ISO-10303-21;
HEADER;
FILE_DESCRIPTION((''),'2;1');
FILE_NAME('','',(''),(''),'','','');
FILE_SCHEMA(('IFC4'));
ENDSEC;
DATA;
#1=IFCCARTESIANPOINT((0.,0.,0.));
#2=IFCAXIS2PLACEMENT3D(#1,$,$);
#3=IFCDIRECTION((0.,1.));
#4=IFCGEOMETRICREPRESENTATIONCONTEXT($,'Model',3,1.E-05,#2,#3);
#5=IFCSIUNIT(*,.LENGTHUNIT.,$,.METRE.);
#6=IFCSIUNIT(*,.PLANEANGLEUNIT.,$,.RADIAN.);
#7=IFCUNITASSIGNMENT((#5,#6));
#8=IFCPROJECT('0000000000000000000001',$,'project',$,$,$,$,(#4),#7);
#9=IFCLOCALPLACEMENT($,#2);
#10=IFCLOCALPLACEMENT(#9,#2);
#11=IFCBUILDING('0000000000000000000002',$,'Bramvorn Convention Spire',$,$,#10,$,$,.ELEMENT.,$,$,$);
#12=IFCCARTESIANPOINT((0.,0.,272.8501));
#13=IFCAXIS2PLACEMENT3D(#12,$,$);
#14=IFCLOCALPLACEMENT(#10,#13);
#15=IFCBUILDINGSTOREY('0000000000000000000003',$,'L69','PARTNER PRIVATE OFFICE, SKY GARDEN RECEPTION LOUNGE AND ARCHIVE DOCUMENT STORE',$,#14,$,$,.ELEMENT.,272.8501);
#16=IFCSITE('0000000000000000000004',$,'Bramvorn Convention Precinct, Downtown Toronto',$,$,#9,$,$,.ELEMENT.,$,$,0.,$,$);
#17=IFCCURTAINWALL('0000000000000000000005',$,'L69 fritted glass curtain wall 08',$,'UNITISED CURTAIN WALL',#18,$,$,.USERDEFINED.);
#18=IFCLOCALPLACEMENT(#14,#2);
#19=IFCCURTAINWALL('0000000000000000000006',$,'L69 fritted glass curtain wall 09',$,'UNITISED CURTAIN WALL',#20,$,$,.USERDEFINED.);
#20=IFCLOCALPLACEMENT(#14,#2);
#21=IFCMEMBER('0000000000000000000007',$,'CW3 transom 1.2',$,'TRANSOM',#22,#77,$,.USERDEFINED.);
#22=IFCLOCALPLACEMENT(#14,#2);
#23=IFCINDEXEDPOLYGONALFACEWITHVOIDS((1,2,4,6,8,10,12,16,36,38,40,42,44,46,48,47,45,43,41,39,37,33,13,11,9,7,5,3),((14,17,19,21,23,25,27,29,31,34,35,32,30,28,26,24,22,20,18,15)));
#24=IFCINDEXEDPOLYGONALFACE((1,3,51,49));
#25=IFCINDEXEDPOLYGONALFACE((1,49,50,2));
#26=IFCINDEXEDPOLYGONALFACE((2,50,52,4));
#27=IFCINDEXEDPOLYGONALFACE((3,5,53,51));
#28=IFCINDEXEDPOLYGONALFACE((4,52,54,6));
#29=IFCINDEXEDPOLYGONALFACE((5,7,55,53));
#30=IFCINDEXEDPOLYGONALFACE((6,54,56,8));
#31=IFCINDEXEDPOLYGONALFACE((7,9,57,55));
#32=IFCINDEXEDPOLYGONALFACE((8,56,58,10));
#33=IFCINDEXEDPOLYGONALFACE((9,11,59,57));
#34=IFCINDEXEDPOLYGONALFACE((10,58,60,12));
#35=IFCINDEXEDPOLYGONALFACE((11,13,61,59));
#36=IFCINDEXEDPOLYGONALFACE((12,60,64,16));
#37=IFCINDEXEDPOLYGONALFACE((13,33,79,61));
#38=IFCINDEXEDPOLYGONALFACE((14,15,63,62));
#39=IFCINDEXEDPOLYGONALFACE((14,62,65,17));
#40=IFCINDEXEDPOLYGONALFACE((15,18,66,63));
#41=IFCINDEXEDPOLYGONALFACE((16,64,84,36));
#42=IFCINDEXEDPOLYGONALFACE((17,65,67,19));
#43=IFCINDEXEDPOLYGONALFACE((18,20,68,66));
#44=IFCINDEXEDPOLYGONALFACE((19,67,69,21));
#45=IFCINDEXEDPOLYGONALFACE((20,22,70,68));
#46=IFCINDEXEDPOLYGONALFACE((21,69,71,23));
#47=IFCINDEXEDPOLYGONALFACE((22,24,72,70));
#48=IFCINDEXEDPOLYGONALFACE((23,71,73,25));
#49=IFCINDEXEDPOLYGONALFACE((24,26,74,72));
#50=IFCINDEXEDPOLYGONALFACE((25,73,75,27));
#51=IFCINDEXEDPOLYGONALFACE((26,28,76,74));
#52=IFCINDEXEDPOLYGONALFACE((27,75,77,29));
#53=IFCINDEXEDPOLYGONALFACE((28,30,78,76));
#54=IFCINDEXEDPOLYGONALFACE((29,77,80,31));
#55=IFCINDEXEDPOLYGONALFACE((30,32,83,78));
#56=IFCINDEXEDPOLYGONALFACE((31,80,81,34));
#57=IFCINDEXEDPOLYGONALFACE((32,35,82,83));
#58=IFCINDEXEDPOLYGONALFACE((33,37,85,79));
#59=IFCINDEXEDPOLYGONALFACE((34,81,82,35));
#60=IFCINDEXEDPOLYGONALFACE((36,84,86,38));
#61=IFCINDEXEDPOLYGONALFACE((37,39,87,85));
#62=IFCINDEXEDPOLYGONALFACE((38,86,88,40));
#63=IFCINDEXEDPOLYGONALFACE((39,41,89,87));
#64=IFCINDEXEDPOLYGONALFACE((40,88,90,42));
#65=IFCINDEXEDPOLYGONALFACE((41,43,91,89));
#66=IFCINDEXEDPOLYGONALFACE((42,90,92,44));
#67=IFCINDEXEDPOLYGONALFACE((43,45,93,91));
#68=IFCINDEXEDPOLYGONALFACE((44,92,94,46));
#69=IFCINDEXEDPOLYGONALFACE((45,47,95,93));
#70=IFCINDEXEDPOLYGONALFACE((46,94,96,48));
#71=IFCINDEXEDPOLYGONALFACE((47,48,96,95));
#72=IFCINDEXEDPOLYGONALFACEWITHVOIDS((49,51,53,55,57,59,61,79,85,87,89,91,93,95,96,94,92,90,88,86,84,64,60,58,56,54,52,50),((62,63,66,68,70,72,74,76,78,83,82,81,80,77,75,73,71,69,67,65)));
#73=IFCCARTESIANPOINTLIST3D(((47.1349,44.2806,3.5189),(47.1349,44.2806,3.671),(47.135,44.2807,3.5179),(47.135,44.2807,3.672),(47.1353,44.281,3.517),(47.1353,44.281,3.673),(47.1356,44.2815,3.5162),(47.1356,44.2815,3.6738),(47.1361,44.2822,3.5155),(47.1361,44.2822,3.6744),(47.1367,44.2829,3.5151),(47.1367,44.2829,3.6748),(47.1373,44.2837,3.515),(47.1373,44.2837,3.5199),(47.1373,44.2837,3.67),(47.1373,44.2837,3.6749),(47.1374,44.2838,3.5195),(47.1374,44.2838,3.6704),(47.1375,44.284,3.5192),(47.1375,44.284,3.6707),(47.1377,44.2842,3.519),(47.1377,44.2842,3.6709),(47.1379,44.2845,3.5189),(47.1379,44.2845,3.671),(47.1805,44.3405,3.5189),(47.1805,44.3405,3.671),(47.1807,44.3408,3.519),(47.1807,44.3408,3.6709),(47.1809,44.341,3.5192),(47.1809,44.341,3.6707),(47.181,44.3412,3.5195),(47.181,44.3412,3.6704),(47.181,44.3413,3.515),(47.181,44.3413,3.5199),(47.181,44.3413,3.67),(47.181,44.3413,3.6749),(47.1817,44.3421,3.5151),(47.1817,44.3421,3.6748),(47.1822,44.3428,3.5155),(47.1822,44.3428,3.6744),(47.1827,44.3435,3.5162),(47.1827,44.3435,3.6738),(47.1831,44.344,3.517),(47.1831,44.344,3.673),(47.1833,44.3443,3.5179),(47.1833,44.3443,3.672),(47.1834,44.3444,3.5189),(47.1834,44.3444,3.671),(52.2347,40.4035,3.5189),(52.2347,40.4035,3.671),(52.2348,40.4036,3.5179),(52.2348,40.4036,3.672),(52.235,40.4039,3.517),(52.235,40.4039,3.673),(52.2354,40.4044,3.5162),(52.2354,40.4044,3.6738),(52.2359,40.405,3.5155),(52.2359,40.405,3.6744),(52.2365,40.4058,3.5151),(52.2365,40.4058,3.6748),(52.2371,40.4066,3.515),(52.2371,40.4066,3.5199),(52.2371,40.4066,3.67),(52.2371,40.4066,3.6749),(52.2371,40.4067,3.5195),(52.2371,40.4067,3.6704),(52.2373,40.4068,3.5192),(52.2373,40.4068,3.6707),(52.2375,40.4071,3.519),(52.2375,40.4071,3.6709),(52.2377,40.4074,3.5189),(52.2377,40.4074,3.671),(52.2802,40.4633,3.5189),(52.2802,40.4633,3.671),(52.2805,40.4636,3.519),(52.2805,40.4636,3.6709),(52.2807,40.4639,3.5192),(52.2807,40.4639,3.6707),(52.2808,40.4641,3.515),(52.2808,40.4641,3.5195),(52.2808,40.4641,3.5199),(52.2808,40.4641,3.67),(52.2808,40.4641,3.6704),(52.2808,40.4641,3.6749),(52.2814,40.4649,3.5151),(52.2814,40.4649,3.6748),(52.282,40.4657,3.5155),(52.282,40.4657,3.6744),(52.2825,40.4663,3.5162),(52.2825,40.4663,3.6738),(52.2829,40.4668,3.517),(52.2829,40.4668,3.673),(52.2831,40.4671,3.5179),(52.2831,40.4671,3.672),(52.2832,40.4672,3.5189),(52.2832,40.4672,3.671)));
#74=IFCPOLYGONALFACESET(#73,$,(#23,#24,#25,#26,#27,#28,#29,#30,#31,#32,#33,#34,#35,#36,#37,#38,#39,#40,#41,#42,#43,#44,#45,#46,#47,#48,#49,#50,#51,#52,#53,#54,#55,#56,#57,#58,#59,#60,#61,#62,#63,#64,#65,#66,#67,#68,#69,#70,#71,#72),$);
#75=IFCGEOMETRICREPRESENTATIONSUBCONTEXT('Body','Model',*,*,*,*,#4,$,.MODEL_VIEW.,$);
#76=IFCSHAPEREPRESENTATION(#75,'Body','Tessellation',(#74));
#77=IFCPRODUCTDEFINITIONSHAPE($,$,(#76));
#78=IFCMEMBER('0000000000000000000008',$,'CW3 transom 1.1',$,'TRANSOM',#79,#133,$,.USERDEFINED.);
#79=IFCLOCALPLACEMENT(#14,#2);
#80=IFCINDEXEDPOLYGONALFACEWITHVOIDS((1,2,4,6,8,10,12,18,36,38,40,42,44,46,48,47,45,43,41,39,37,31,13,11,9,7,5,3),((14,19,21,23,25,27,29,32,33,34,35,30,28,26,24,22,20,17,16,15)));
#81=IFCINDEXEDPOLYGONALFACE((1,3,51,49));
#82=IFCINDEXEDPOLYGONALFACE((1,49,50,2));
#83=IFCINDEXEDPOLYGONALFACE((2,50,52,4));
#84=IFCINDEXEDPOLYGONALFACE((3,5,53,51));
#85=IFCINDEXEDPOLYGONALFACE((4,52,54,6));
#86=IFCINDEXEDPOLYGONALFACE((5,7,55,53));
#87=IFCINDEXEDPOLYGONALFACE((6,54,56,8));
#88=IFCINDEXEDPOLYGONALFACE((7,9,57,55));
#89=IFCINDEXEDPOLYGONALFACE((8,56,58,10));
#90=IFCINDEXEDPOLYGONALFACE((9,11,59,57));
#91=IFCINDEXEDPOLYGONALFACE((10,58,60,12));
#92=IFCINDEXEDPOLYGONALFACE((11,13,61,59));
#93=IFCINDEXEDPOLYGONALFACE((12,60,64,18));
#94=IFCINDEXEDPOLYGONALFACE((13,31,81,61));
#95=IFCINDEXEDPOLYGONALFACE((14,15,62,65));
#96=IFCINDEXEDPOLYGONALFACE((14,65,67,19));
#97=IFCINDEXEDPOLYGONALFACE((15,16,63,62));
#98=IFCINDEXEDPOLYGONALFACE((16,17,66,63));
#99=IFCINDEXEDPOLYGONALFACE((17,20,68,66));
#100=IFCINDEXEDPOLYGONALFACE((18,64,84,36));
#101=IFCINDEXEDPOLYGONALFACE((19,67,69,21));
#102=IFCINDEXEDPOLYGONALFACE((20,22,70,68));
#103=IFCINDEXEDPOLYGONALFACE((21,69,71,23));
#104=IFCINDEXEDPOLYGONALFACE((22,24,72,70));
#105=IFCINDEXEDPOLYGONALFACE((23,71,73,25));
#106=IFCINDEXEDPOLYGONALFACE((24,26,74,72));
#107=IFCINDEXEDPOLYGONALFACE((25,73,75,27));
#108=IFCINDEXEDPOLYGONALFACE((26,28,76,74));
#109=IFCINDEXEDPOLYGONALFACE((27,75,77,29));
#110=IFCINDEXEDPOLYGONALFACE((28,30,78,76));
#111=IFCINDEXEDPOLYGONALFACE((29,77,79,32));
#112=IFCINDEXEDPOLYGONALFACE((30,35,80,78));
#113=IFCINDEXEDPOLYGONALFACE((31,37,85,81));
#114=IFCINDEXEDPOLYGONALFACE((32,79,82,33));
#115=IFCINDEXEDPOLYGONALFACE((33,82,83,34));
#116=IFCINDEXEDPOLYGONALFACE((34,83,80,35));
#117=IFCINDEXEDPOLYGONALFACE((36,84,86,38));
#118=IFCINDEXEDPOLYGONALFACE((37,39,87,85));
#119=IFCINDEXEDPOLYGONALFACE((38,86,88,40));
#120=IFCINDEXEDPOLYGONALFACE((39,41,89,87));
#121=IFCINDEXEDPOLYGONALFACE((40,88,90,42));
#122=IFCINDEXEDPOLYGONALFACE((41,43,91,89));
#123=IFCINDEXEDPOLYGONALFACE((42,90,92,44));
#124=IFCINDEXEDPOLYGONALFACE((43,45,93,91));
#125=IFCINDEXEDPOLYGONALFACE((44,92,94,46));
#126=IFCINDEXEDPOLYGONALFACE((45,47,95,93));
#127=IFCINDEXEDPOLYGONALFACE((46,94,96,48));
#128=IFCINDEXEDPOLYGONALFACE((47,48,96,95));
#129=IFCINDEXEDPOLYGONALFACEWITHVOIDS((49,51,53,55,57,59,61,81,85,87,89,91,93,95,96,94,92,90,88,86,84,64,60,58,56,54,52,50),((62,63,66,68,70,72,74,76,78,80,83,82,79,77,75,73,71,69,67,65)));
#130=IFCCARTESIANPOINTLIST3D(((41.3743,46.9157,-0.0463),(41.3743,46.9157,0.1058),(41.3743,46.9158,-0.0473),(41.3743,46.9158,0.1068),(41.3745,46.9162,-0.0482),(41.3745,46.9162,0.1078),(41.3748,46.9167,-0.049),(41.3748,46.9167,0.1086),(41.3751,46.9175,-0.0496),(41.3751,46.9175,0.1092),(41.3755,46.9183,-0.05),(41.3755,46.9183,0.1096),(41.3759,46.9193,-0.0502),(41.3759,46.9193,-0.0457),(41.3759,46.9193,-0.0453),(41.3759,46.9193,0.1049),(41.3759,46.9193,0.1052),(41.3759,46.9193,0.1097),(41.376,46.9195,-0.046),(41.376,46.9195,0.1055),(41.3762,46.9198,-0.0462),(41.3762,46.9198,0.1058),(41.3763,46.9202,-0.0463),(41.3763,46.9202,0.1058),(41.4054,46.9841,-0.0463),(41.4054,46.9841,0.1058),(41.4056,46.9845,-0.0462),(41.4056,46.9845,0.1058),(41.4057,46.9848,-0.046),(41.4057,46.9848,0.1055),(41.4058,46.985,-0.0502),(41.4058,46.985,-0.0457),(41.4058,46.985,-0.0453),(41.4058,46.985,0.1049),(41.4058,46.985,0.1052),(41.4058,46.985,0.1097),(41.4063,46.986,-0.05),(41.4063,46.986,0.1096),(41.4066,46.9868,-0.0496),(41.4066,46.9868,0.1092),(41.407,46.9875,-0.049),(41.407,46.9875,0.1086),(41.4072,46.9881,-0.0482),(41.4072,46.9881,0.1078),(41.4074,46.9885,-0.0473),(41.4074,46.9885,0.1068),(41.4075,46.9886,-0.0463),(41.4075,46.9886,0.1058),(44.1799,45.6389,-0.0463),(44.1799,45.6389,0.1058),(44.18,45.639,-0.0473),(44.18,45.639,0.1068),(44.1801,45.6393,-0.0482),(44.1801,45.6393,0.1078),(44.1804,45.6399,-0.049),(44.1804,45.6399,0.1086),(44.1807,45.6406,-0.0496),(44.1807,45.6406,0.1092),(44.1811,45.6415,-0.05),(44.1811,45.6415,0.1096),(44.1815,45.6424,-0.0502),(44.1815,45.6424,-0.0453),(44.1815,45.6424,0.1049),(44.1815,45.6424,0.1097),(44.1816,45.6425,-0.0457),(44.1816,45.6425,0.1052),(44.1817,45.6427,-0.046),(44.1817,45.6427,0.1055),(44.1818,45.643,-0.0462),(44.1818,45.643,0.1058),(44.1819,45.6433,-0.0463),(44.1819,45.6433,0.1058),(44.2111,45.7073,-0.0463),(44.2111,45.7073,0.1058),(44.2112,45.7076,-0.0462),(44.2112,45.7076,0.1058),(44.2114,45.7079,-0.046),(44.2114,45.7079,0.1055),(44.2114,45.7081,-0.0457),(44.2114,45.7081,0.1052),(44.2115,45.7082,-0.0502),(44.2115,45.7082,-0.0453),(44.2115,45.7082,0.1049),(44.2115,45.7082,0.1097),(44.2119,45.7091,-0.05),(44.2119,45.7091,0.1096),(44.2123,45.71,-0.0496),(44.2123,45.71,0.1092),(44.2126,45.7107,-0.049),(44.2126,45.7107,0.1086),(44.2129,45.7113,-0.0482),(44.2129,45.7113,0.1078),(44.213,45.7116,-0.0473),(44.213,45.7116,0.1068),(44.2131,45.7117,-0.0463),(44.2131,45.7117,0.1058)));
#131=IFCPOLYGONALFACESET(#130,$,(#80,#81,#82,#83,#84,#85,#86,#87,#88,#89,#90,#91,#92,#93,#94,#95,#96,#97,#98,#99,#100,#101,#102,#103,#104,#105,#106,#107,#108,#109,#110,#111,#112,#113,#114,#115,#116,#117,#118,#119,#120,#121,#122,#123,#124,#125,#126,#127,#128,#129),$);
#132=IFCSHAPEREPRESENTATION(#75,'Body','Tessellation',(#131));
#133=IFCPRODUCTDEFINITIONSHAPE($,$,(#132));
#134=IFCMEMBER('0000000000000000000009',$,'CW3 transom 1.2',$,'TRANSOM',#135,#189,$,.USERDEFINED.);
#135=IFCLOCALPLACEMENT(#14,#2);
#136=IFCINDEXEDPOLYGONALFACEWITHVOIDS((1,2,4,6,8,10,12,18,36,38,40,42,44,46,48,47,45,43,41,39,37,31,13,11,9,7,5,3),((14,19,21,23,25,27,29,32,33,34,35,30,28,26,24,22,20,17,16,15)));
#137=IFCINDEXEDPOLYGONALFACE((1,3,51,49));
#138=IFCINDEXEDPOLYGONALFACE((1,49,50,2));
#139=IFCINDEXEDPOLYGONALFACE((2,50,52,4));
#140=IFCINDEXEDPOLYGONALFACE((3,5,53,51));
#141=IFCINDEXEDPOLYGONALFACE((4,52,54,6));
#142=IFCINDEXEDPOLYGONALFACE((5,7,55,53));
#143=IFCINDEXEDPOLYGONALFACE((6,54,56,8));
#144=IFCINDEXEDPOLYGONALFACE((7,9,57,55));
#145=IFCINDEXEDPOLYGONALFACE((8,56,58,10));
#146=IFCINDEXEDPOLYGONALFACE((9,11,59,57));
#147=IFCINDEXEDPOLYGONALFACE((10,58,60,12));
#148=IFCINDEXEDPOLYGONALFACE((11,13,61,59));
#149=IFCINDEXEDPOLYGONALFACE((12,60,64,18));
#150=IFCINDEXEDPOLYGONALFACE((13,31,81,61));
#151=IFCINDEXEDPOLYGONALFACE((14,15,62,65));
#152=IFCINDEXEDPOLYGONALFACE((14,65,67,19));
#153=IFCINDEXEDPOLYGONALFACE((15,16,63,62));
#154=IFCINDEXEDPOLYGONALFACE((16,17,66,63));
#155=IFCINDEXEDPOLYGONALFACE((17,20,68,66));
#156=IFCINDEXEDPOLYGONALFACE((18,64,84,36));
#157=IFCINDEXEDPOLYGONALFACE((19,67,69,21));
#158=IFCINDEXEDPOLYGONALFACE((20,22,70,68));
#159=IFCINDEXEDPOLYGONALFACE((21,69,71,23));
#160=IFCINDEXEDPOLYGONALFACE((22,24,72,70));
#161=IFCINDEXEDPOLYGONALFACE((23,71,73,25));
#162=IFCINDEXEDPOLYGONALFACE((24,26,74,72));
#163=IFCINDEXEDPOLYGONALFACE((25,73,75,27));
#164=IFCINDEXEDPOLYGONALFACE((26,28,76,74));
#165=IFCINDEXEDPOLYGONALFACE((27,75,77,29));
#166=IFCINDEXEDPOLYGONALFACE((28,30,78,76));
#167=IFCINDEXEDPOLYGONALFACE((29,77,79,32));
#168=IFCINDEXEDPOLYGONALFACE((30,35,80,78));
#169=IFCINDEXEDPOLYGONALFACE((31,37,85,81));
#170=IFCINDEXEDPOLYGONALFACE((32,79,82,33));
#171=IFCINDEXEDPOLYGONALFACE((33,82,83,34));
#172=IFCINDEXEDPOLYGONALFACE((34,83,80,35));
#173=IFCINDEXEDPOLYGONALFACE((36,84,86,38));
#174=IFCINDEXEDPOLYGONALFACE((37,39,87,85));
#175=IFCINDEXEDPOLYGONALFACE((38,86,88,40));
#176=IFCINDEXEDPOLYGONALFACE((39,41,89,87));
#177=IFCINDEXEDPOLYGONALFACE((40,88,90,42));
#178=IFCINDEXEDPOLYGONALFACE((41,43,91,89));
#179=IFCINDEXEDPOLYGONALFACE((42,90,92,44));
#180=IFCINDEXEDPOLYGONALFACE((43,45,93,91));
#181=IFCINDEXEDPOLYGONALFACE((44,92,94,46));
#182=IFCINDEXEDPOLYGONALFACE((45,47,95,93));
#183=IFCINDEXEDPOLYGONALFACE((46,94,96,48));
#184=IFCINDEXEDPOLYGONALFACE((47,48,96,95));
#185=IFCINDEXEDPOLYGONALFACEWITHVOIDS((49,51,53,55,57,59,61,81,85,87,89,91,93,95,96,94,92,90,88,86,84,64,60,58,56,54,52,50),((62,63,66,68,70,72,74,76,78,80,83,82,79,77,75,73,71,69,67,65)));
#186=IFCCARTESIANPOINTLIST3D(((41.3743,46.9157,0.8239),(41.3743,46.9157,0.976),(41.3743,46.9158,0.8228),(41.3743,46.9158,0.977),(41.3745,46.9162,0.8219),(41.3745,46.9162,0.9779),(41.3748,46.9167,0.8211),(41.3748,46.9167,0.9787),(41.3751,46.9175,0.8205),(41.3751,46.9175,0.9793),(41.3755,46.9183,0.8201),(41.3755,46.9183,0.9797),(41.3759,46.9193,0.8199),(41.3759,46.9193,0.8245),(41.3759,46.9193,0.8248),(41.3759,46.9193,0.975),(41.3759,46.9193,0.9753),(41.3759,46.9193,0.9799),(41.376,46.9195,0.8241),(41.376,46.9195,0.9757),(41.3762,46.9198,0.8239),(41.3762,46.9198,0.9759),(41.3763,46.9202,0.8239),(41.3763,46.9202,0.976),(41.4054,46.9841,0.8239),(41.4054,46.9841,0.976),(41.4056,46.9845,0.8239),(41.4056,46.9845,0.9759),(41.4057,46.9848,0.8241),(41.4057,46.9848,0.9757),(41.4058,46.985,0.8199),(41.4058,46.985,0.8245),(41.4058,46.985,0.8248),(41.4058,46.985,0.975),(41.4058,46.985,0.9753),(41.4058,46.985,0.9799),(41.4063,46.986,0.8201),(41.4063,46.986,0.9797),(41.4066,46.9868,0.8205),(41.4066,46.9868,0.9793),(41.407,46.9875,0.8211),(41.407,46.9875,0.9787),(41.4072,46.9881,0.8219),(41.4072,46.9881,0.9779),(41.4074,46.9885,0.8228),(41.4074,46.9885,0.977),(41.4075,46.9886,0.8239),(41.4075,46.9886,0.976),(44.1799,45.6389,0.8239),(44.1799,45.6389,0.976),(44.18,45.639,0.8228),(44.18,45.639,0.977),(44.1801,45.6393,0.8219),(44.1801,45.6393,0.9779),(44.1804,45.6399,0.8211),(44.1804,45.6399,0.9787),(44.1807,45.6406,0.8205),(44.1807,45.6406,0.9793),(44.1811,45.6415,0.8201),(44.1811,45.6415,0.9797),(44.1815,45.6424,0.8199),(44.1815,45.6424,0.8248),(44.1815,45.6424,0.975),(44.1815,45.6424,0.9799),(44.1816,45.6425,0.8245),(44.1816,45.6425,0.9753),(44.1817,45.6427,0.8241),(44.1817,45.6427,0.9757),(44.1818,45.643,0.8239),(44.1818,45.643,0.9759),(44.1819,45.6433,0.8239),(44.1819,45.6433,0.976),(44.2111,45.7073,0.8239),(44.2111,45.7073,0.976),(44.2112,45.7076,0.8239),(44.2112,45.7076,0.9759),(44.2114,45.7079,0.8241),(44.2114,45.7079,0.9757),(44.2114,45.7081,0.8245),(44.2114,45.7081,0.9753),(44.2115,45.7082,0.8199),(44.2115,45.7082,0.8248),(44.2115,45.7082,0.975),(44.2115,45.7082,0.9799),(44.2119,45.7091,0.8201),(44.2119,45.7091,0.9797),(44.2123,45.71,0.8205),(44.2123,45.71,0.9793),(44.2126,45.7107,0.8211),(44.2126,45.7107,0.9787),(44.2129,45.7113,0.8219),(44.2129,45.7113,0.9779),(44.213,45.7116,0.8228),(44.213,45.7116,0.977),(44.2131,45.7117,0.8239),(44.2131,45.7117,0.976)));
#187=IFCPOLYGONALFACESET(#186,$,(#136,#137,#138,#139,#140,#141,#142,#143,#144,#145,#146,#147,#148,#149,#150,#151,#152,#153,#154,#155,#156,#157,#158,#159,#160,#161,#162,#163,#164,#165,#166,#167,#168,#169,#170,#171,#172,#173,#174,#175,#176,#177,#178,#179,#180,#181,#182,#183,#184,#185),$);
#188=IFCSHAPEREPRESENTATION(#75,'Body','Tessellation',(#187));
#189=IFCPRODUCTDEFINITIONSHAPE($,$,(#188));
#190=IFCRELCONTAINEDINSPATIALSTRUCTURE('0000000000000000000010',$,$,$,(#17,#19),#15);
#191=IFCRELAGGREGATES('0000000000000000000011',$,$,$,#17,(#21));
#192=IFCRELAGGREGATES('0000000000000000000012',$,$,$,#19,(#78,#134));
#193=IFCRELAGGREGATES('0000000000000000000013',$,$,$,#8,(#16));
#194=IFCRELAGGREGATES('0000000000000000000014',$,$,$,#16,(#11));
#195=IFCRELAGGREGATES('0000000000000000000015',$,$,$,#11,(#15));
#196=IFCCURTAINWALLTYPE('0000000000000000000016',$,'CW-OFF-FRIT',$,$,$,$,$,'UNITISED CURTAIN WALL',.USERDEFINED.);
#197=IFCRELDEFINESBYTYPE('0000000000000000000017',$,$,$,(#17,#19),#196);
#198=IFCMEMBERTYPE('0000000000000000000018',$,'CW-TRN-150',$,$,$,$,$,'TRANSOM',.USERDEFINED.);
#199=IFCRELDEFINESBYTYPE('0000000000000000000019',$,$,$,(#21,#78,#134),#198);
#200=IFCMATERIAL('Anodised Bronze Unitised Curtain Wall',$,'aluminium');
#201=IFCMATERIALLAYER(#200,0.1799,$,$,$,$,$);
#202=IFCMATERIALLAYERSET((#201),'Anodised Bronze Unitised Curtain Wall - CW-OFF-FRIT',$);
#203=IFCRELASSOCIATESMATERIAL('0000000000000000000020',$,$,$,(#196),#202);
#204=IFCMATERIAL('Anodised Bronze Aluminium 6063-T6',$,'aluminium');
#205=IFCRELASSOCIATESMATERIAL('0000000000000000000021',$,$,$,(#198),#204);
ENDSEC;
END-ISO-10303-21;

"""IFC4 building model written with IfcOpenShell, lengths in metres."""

from ifc_helpers import new_model, si_unit, direction, frame, origin, origin_2d, place, context, subcontext, project, spatial, hollow_rectangle, extrude, material, layer, layer_set, material_profile, profile_set, type_object, element, aggregate, save


model = new_model("IFC4")

# Units and contexts
model_context = context("Model", 3, precision=1e-05, world=origin(), true_north=direction((0.0, 1.0)))
body_context = subcontext(model_context, "Body", "Model", "MODEL_VIEW")
ifc_project = project(units=[si_unit("LENGTHUNIT", "METRE"), si_unit("PLANEANGLEUNIT", "RADIAN")], contexts=[model_context])

# Site, building, storey
site_placement = place(None, origin())
site = spatial("IfcSite", under=ifc_project, at=site_placement, Name="Bramvorn Convention Precinct, Downtown Toronto", CompositionType="ELEMENT", RefElevation=0.0)
building_placement = place(site_placement, origin())
building = spatial("IfcBuilding", under=site, at=building_placement, Name="Bramvorn Convention Spire", CompositionType="ELEMENT")
storey_placement = place(building_placement, frame((0.0, 0.0, 272.8501)))
storey = spatial("IfcBuildingStorey", under=building, at=storey_placement, Name="L69", Description="PARTNER PRIVATE OFFICE, SKY GARDEN RECEPTION LOUNGE AND ARCHIVE DOCUMENT STORE", CompositionType="ELEMENT", Elevation=272.8501)

# Curtain walls
ifc_material_1 = material(Name="Anodised Bronze Unitised Curtain Wall", Category="aluminium")
ifc_layer_1 = layer(ifc_material_1, 0.1799)
ifc_layer_set_1 = layer_set([ifc_layer_1], Name="Anodised Bronze Unitised Curtain Wall - CW-OFF-FRIT")
curtain_wall_type = type_object("IfcCurtainWallType", Name="CW-OFF-FRIT", ElementType="UNITISED CURTAIN WALL", PredefinedType="USERDEFINED", material=ifc_layer_set_1)
curtain_wall_1_placement = place(storey_placement, origin())
curtain_wall_1 = element("IfcCurtainWall", 1, at=curtain_wall_1_placement, inside=storey, type_object=curtain_wall_type, Name="L69 fritted glass curtain wall 08", ObjectType="UNITISED CURTAIN WALL", PredefinedType="USERDEFINED")
ifc_material_2 = material(Name="Anodised Bronze Aluminium 6063-T6", Category="aluminium")
curtain_wall_2_placement = place(storey_placement, origin())
curtain_wall_2 = element("IfcCurtainWall", 2, at=curtain_wall_2_placement, inside=storey, type_object=curtain_wall_type, Name="L69 fritted glass curtain wall 09", ObjectType="UNITISED CURTAIN WALL", PredefinedType="USERDEFINED")

# Members
ifc_material_profile_1 = material_profile(ifc_material_2, hollow_rectangle(XDim=0.0801, YDim=0.1599, WallThickness=0.0039, InnerFilletRadius=0.001, OuterFilletRadius=0.0039, at=origin_2d()))
ifc_profile_set_1 = profile_set([ifc_material_profile_1], Name="Anodised Bronze Aluminium 6063-T6 - CWT80X160")
member_type_1 = type_object("IfcMemberType", Name="CW-TRN-150", ElementType="TRANSOM", PredefinedType="USERDEFINED", material=ifc_profile_set_1)
member_1_placement = place(storey_placement, frame((47.1592, 44.3125, 3.595), z_axis=(0.796064, -0.605213, 0.0), x_axis=(0.605213, 0.796064, 0.0)))
member_1 = element("IfcMember", 3, at=member_1_placement, type_object=member_type_1, Name="CW3 transom 1.2", ObjectType="TRANSOM", PredefinedType="USERDEFINED", context=body_context, shape_type="SweptSolid", body=[
    extrude(hollow_rectangle(XDim=0.0801, YDim=0.1599, WallThickness=0.0039, InnerFilletRadius=0.001, OuterFilletRadius=0.0039, at=origin_2d()), origin(), (0.0, 0.0, 1.0), 6.4062),
])
member_2_placement = place(storey_placement, frame((41.3909, 46.9521, 0.0298), z_axis=(0.910177, -0.414221, 0.0), x_axis=(0.414221, 0.910177, 0.0)))
member_2 = element("IfcMember", 4, at=member_2_placement, type_object=member_type_1, Name="CW3 transom 1.1", ObjectType="TRANSOM", PredefinedType="USERDEFINED", context=body_context, shape_type="SweptSolid", body=[
    extrude(hollow_rectangle(XDim=0.0801, YDim=0.1599, WallThickness=0.0039, InnerFilletRadius=0.001, OuterFilletRadius=0.0039, at=origin_2d()), origin(), (0.0, 0.0, 1.0), 3.0825),
])
member_3_placement = place(storey_placement, frame((41.3909, 46.9521, 0.8999), z_axis=(0.910177, -0.414221, 0.0), x_axis=(0.414221, 0.910177, 0.0)))
member_3 = element("IfcMember", 5, at=member_3_placement, type_object=member_type_1, Name="CW3 transom 1.2", ObjectType="TRANSOM", PredefinedType="USERDEFINED", context=body_context, shape_type="SweptSolid", body=[
    extrude(hollow_rectangle(XDim=0.0801, YDim=0.1599, WallThickness=0.0039, InnerFilletRadius=0.001, OuterFilletRadius=0.0039, at=origin_2d()), origin(), (0.0, 0.0, 1.0), 3.0825),
])

aggregate(curtain_wall_1, [member_1])
aggregate(curtain_wall_2, [member_2, member_3])

save(model, "model.ifc")
